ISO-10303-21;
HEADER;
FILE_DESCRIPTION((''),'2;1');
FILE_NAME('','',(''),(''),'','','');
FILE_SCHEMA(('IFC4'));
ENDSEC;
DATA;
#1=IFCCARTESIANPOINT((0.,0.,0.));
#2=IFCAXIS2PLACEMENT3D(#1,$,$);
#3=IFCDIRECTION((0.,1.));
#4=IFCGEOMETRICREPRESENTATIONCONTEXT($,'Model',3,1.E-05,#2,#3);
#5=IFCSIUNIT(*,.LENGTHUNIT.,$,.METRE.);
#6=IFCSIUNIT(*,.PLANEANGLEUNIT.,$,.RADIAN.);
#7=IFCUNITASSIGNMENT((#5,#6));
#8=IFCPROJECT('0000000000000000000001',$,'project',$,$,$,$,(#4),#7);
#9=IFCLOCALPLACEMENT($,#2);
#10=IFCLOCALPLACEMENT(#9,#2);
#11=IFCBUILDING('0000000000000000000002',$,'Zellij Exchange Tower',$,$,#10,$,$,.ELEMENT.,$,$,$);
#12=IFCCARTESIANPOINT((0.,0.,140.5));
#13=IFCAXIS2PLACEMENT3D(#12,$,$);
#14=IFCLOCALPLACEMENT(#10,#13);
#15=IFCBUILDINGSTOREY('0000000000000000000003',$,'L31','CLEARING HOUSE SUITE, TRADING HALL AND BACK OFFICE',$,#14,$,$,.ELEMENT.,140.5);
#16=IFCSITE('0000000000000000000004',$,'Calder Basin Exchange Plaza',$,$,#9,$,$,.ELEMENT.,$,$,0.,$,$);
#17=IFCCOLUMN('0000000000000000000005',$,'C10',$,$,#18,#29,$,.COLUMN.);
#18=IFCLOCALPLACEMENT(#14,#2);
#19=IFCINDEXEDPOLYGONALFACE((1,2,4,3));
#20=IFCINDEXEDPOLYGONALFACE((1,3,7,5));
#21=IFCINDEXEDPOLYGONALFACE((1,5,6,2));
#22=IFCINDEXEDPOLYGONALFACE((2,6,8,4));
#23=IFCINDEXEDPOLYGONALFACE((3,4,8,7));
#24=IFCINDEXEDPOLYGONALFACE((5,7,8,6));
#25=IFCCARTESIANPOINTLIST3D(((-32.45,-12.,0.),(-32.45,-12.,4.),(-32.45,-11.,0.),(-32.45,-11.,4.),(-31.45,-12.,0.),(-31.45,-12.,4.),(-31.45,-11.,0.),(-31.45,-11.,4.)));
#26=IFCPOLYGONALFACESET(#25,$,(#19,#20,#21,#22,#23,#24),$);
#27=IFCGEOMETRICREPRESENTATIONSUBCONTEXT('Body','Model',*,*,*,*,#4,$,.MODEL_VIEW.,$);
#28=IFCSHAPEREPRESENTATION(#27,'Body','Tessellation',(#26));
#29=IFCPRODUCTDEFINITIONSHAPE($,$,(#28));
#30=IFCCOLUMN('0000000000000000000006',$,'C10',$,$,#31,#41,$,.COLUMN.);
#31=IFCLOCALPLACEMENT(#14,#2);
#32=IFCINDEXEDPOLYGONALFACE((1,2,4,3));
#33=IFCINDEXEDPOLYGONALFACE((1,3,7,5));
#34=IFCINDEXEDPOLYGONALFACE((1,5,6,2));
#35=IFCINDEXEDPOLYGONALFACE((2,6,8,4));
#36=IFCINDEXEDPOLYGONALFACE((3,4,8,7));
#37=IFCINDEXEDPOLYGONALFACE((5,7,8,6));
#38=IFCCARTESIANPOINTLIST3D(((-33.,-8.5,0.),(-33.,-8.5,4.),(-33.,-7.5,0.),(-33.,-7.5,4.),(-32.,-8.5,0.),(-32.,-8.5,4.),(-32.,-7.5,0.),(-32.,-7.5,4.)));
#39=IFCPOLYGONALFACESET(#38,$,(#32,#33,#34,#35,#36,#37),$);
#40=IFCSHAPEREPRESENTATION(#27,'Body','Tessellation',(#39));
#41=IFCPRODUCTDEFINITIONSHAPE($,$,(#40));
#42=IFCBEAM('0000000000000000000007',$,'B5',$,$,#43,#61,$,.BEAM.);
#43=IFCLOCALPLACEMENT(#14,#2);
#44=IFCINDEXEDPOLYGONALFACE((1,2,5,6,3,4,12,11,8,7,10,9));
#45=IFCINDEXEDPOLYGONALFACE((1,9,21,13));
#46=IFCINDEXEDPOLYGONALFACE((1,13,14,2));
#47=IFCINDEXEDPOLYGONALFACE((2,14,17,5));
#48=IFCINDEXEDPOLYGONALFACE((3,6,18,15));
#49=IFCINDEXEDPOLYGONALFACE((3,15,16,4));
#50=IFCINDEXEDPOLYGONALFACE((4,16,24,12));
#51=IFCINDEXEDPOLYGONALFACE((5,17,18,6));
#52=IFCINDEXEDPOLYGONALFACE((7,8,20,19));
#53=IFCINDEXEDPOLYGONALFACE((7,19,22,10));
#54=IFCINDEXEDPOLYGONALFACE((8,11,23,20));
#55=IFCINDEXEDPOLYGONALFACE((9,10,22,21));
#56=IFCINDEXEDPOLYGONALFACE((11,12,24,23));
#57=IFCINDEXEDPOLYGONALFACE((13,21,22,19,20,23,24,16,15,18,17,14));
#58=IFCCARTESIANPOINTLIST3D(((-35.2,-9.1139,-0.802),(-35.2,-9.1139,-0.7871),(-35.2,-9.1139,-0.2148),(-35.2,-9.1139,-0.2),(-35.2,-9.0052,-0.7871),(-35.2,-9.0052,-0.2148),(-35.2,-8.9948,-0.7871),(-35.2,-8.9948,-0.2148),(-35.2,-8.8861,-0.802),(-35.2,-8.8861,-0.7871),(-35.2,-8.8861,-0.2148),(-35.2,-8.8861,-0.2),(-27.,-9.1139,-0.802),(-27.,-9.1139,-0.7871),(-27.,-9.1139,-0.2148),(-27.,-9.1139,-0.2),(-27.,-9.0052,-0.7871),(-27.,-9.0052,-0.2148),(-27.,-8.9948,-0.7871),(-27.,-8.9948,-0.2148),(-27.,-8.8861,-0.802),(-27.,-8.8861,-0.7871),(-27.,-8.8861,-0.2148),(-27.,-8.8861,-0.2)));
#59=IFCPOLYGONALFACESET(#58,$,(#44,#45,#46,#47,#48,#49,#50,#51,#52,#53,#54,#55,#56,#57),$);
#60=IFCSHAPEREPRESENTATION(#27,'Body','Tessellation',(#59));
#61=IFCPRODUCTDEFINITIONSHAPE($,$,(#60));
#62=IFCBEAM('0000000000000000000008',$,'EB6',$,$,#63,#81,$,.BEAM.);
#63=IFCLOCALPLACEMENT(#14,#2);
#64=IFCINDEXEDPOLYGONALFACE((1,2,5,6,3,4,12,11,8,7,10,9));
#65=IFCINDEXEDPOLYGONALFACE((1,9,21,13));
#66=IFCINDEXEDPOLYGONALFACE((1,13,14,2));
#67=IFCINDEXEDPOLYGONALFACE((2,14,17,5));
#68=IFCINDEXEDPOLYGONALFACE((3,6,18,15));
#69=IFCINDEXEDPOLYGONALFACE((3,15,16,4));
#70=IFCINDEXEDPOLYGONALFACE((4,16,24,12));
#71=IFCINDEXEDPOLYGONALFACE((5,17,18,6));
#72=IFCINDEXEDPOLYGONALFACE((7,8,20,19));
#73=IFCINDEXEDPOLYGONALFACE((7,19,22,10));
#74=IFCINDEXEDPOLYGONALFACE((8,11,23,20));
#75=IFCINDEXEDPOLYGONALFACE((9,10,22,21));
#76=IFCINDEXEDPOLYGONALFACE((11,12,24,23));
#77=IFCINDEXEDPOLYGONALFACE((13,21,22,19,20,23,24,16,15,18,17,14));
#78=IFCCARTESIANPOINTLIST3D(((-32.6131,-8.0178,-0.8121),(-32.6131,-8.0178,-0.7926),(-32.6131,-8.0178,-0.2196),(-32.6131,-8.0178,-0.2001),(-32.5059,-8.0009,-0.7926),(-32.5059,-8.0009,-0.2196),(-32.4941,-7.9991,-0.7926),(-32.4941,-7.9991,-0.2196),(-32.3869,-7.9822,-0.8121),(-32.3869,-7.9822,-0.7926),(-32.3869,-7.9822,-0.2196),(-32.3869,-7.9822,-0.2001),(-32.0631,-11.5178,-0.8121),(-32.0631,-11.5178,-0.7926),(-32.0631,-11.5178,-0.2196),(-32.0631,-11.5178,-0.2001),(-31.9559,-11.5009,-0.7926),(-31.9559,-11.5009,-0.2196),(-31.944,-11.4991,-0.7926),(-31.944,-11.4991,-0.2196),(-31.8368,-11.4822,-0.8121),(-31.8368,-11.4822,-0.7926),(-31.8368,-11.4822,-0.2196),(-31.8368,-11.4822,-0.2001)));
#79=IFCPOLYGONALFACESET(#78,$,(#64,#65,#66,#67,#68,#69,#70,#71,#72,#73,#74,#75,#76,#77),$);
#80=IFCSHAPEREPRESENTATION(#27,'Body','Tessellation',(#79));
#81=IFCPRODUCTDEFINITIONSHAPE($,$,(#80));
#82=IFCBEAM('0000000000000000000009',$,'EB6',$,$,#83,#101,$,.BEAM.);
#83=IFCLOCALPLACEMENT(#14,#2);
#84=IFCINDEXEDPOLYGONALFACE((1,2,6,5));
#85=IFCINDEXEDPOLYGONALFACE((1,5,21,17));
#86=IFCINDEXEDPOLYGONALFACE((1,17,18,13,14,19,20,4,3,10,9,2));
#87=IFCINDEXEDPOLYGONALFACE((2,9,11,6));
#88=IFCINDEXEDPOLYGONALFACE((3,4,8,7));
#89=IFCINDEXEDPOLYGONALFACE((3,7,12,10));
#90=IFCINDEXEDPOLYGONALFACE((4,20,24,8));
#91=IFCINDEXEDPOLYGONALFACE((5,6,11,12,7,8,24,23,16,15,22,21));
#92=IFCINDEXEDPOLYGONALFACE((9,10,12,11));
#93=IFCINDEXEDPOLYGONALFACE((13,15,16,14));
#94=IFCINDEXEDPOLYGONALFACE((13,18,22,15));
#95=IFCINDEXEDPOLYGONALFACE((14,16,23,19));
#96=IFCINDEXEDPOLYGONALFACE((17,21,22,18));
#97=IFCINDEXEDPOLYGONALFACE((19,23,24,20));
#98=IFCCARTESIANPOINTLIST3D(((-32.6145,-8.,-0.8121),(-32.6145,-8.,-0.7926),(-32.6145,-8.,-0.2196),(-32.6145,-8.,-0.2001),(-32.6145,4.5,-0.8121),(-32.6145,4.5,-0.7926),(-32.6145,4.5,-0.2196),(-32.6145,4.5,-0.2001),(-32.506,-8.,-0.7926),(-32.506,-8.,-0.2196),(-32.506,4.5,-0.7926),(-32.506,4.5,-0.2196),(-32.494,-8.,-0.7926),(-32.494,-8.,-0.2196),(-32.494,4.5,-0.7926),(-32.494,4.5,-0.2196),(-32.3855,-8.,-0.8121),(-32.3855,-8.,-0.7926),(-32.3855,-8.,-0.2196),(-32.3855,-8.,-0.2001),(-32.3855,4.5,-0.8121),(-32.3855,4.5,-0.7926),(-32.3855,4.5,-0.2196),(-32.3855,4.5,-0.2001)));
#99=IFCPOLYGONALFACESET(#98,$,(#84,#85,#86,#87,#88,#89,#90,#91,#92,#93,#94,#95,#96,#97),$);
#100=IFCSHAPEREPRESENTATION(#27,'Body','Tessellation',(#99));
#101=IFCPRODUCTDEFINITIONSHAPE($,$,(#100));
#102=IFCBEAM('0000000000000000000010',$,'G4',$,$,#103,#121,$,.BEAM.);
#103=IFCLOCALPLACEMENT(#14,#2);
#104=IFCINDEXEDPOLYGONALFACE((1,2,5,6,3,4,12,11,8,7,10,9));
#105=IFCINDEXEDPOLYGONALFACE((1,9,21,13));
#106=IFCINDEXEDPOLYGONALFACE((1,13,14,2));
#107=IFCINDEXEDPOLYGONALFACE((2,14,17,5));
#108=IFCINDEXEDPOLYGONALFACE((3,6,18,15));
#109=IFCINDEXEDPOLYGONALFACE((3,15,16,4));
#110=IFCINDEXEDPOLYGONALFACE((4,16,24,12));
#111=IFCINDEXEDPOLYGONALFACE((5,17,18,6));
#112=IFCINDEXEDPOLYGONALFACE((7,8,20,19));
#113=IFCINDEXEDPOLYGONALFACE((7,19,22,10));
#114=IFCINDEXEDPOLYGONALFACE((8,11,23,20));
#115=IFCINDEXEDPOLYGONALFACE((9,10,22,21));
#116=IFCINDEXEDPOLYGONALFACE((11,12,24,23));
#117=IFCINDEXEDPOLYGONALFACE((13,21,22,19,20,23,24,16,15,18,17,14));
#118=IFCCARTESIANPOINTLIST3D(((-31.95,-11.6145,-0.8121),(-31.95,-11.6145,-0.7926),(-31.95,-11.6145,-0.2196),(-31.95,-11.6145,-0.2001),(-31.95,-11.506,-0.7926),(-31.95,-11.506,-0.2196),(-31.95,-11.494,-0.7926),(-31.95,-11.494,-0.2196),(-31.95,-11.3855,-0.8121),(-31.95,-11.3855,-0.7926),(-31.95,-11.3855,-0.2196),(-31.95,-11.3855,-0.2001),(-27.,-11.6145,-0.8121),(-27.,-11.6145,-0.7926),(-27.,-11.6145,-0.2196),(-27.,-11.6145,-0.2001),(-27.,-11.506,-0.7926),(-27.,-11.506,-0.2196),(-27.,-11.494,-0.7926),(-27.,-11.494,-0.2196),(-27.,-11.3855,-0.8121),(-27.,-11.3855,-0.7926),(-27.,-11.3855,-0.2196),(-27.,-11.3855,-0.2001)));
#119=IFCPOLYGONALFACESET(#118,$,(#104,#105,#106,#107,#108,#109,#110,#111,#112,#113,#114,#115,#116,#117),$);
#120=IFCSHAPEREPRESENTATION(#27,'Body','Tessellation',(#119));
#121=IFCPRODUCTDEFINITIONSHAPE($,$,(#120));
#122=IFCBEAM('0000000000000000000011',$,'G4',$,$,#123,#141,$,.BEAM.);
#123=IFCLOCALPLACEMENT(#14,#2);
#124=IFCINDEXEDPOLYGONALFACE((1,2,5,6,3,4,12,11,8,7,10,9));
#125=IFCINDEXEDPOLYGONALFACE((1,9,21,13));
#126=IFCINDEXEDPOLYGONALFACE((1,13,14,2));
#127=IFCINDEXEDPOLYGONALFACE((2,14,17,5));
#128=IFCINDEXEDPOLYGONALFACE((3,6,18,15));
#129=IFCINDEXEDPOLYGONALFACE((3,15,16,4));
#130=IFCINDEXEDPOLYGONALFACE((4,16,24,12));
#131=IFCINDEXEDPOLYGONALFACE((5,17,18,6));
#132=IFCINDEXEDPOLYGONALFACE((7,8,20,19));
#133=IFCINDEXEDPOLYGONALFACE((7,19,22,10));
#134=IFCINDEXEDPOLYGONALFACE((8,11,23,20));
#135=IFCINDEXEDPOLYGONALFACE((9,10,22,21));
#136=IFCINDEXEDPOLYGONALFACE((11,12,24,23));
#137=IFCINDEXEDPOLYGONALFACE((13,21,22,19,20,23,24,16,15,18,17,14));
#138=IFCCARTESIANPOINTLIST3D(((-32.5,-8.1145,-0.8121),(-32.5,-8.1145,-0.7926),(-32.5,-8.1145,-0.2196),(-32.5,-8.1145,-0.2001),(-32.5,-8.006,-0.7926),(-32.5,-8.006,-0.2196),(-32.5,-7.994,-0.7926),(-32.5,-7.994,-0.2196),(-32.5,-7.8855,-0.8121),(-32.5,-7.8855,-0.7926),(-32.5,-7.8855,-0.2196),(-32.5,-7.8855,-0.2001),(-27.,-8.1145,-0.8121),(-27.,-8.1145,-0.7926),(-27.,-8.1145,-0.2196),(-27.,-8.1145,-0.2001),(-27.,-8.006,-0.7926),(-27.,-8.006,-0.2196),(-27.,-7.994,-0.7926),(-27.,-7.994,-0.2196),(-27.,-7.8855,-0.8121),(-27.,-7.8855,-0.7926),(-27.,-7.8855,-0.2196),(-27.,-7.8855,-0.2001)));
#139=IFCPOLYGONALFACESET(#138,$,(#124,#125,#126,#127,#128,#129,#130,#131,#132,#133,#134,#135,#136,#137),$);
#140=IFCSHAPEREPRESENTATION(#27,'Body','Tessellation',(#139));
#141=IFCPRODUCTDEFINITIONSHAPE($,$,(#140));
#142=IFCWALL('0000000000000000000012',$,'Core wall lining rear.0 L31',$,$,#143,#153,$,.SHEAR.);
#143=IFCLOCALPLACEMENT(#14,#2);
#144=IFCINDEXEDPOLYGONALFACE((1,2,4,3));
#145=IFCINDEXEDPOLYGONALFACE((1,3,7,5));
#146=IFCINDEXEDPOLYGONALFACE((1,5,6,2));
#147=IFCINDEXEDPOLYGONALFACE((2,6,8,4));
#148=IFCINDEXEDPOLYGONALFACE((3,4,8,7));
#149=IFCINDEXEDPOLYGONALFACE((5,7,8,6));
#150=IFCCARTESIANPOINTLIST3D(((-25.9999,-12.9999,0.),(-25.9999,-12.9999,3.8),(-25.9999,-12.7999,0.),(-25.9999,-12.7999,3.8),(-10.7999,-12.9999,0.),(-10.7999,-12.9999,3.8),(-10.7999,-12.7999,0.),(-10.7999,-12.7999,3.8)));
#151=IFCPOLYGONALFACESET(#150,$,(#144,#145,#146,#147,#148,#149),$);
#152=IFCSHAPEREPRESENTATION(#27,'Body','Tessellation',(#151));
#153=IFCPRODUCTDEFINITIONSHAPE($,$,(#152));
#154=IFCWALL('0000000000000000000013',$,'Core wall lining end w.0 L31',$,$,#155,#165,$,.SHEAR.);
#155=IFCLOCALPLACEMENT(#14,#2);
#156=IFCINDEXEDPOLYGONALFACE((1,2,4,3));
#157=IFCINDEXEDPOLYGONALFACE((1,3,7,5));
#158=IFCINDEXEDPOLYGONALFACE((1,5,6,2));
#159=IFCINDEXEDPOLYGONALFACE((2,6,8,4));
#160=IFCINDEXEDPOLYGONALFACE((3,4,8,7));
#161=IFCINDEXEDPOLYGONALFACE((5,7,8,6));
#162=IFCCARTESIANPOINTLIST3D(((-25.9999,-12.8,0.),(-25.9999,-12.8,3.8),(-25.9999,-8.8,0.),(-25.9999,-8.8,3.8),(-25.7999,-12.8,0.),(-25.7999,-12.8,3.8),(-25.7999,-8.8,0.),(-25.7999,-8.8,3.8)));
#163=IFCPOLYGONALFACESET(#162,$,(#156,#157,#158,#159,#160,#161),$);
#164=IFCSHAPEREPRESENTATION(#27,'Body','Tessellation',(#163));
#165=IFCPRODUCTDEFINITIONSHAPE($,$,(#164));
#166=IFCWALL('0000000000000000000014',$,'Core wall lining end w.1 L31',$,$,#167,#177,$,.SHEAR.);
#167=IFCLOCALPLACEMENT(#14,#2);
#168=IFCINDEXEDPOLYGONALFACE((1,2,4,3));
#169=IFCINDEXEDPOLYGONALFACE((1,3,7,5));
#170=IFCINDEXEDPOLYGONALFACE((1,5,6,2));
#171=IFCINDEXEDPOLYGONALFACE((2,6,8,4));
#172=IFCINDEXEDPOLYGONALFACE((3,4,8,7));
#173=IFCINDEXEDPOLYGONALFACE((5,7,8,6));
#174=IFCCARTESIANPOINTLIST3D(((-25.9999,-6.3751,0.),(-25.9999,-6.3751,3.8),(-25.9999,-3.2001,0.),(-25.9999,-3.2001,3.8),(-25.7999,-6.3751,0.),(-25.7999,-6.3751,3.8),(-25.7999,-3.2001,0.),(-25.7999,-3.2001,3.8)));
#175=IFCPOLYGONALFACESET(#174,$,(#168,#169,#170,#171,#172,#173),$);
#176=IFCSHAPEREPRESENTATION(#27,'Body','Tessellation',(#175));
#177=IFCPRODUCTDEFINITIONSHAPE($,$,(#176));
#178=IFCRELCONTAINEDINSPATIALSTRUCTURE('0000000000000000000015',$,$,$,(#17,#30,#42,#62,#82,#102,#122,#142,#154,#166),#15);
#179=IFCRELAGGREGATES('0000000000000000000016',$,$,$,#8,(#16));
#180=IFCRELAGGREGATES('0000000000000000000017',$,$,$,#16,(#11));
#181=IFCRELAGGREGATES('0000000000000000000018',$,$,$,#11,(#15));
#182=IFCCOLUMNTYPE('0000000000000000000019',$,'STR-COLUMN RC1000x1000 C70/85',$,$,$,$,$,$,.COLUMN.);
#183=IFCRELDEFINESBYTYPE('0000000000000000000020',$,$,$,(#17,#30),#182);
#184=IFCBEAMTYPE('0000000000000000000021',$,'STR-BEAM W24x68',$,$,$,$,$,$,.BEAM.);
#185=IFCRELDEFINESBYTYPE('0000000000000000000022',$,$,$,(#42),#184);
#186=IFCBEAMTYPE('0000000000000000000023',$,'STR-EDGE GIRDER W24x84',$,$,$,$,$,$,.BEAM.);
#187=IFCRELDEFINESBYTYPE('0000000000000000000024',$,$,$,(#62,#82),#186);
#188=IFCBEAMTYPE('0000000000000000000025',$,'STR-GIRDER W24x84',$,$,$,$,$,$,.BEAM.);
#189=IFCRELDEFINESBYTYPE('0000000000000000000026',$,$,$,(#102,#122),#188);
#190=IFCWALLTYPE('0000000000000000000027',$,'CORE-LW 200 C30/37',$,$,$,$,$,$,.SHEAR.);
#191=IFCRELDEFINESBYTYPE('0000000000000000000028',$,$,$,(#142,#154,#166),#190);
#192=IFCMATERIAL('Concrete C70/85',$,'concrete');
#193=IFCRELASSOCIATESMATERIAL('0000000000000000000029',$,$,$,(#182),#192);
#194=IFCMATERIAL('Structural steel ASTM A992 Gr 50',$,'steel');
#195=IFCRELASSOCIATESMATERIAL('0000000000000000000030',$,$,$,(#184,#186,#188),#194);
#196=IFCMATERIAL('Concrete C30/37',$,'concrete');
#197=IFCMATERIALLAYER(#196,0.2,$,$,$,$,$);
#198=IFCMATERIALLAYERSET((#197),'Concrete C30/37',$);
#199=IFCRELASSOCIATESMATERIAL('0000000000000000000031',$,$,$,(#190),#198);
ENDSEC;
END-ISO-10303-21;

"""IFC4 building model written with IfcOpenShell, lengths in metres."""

from ifc_helpers import new_model, si_unit, direction, frame, frame_2d, origin, origin_2d, place, context, subcontext, project, spatial, rectangle, i_section, extrude, material, layer, layer_set, material_profile, profile_set, type_object, element, save


model = new_model("IFC4")

# Units and contexts
model_context = context("Model", 3, precision=1e-05, world=origin(), true_north=direction((0.0, 1.0)))
body_context = subcontext(model_context, "Body", "Model", "MODEL_VIEW")
ifc_project = project(units=[si_unit("LENGTHUNIT", "METRE"), si_unit("PLANEANGLEUNIT", "RADIAN")], contexts=[model_context])

# Site, building, storey
site_placement = place(None, origin())
site = spatial("IfcSite", under=ifc_project, at=site_placement, Name="Calder Basin Exchange Plaza", CompositionType="ELEMENT", RefElevation=0.0)
building_placement = place(site_placement, origin())
building = spatial("IfcBuilding", under=site, at=building_placement, Name="Zellij Exchange Tower", CompositionType="ELEMENT")
storey_placement = place(building_placement, frame((0.0, 0.0, 140.5)))
storey = spatial("IfcBuildingStorey", under=building, at=storey_placement, Name="L31", Description="CLEARING HOUSE SUITE, TRADING HALL AND BACK OFFICE", CompositionType="ELEMENT", Elevation=140.5)

# Columns
ifc_material_1 = material(Name="Concrete C70/85", Category="concrete")
ifc_material_profile_1 = material_profile(ifc_material_1, rectangle(XDim=1.0, YDim=1.0, at=origin_2d()), Name="STR-COLUMN RC1000x1000 C70/85")
ifc_profile_set_1 = profile_set([ifc_material_profile_1], Name="Concrete C70/85")
column_type = type_object("IfcColumnType", Name="STR-COLUMN RC1000x1000 C70/85", PredefinedType="COLUMN", material=ifc_profile_set_1)
for number, where, z_axis, x_axis, name in (
    (1, (-31.95, -11.5, 0.0), (0.0, 0.0, 1.0), (1.0, 0.0, 0.0), "C10"),
    (2, (-32.5, -8.0, 0.0), (0.0, 0.0, 1.0), (1.0, 0.0, 0.0), "C10"),
):
    element("IfcColumn", number, at=place(storey_placement, frame(where, z_axis=z_axis, x_axis=x_axis)), inside=storey, type_object=column_type, Name=name, PredefinedType="COLUMN", context=body_context, shape_type="SweptSolid", body=[
        extrude(rectangle(XDim=1.0, YDim=1.0, at=origin_2d()), origin(), (0.0, 0.0, 1.0), 4.0),
    ])

# Beams
ifc_material_2 = material(Name="Structural steel ASTM A992 Gr 50", Category="steel")
ifc_material_profile_2 = material_profile(ifc_material_2, i_section(OverallWidth=0.2278, OverallDepth=0.6021, WebThickness=0.0105, FlangeThickness=0.0149, at=origin_2d()), Name="W24x68")
ifc_profile_set_2 = profile_set([ifc_material_profile_2], Name="Structural steel ASTM A992 Gr 50")
beam_type_1 = type_object("IfcBeamType", Name="STR-BEAM W24x68", PredefinedType="BEAM", material=ifc_profile_set_2)
beam_1_placement = place(storey_placement, frame((-35.2, -9.0, -0.501), z_axis=(1.0, 0.0, 0.0), x_axis=(0.0, 1.0, 0.0)))
element("IfcBeam", 3, at=beam_1_placement, inside=storey, type_object=beam_type_1, Name="B5", PredefinedType="BEAM", context=body_context, shape_type="SweptSolid", body=[
    extrude(i_section(OverallWidth=0.2278, OverallDepth=0.6021, WebThickness=0.0105, FlangeThickness=0.0149, at=origin_2d()), origin(), (0.0, 0.0, 1.0), 8.2),
])
ifc_material_profile_3 = material_profile(ifc_material_2, i_section(OverallWidth=0.229, OverallDepth=0.6121, WebThickness=0.012, FlangeThickness=0.0195, at=origin_2d()), Name="W24x84")
ifc_profile_set_3 = profile_set([ifc_material_profile_3], Name="Structural steel ASTM A992 Gr 50")
beam_type_2 = type_object("IfcBeamType", Name="STR-EDGE GIRDER W24x84", PredefinedType="BEAM", material=ifc_profile_set_3)
beam_2_placement = place(storey_placement, frame((-31.95, -11.5, -0.5061), z_axis=(-0.155251, 0.987875, 0.0), x_axis=(-0.987875, -0.155251, 0.0)))
element("IfcBeam", 4, at=beam_2_placement, inside=storey, type_object=beam_type_2, Name="EB6", PredefinedType="BEAM", context=body_context, shape_type="SweptSolid", body=[
    extrude(i_section(OverallWidth=0.229, OverallDepth=0.6121, WebThickness=0.012, FlangeThickness=0.0195, at=origin_2d()), origin(), (0.0, 0.0, 1.0), 3.543),
])
beam_3_placement = place(storey_placement, frame((-32.5, -8.0, -0.5061), z_axis=(0.0, 1.0, 0.0), x_axis=(-1.0, 0.0, 0.0)))
element("IfcBeam", 5, at=beam_3_placement, inside=storey, type_object=beam_type_2, Name="EB6", PredefinedType="BEAM", context=body_context, shape_type="SweptSolid", body=[
    extrude(i_section(OverallWidth=0.229, OverallDepth=0.6121, WebThickness=0.012, FlangeThickness=0.0195, at=origin_2d()), origin(), (0.0, 0.0, 1.0), 12.5),
])
ifc_material_profile_4 = material_profile(ifc_material_2, i_section(OverallWidth=0.229, OverallDepth=0.6121, WebThickness=0.012, FlangeThickness=0.0195, at=origin_2d()), Name="W24x84")
ifc_profile_set_4 = profile_set([ifc_material_profile_4], Name="Structural steel ASTM A992 Gr 50")
beam_type_3 = type_object("IfcBeamType", Name="STR-GIRDER W24x84", PredefinedType="BEAM", material=ifc_profile_set_4)
beam_4_placement = place(storey_placement, frame((-31.95, -11.5, -0.5061), z_axis=(1.0, 0.0, 0.0), x_axis=(0.0, 1.0, 0.0)))
element("IfcBeam", 6, at=beam_4_placement, inside=storey, type_object=beam_type_3, Name="G4", PredefinedType="BEAM", context=body_context, shape_type="SweptSolid", body=[
    extrude(i_section(OverallWidth=0.229, OverallDepth=0.6121, WebThickness=0.012, FlangeThickness=0.0195, at=origin_2d()), origin(), (0.0, 0.0, 1.0), 4.95),
])
beam_5_placement = place(storey_placement, frame((-32.5, -8.0, -0.5061), z_axis=(1.0, 0.0, 0.0), x_axis=(0.0, 1.0, 0.0)))
element("IfcBeam", 7, at=beam_5_placement, inside=storey, type_object=beam_type_3, Name="G4", PredefinedType="BEAM", context=body_context, shape_type="SweptSolid", body=[
    extrude(i_section(OverallWidth=0.229, OverallDepth=0.6121, WebThickness=0.012, FlangeThickness=0.0195, at=origin_2d()), origin(), (0.0, 0.0, 1.0), 5.5),
])

# Walls
ifc_material_3 = material(Name="Concrete C30/37", Category="concrete")
ifc_layer_1 = layer(ifc_material_3, 0.2)
ifc_layer_set_1 = layer_set([ifc_layer_1], Name="Concrete C30/37")
wall_type_1 = type_object("IfcWallType", Name="CORE-LW 200 C30/37", PredefinedType="SHEAR", material=ifc_layer_set_1)
wall_1_placement = place(storey_placement, frame((-26.0, -12.8999, 0.0), z_axis=(0.0, 0.0, 1.0), x_axis=(1.0, 0.0, 0.0)))
element("IfcWall", 8, at=wall_1_placement, inside=storey, type_object=wall_type_1, Name="Core wall lining rear.0 L31", PredefinedType="SHEAR", context=body_context, shape_type="SweptSolid", body=[
    extrude(rectangle(XDim=15.2, YDim=0.2, at=frame_2d((7.6001, 0.0))), origin(), (0.0, 0.0, 1.0), 3.8),
])
wall_2_placement = place(storey_placement, frame((-25.8999, -12.8, 0.0), z_axis=(0.0, 0.0, 1.0), x_axis=(0.0, 1.0, 0.0)))
element("IfcWall", 9, at=wall_2_placement, inside=storey, type_object=wall_type_1, Name="Core wall lining end w.0 L31", PredefinedType="SHEAR", context=body_context, shape_type="SweptSolid", body=[
    extrude(rectangle(XDim=4.0, YDim=0.2, at=frame_2d((2.0, 0.0))), origin(), (0.0, 0.0, 1.0), 3.8),
])
wall_3_placement = place(storey_placement, frame((-25.8999, -6.375, 0.0), z_axis=(0.0, 0.0, 1.0), x_axis=(0.0, 1.0, 0.0)))
element("IfcWall", 10, at=wall_3_placement, inside=storey, type_object=wall_type_1, Name="Core wall lining end w.1 L31", PredefinedType="SHEAR", context=body_context, shape_type="SweptSolid", body=[
    extrude(rectangle(XDim=3.175, YDim=0.2, at=frame_2d((1.5874, 0.0))), origin(), (0.0, 0.0, 1.0), 3.8),
])

save(model, "model.ifc")
